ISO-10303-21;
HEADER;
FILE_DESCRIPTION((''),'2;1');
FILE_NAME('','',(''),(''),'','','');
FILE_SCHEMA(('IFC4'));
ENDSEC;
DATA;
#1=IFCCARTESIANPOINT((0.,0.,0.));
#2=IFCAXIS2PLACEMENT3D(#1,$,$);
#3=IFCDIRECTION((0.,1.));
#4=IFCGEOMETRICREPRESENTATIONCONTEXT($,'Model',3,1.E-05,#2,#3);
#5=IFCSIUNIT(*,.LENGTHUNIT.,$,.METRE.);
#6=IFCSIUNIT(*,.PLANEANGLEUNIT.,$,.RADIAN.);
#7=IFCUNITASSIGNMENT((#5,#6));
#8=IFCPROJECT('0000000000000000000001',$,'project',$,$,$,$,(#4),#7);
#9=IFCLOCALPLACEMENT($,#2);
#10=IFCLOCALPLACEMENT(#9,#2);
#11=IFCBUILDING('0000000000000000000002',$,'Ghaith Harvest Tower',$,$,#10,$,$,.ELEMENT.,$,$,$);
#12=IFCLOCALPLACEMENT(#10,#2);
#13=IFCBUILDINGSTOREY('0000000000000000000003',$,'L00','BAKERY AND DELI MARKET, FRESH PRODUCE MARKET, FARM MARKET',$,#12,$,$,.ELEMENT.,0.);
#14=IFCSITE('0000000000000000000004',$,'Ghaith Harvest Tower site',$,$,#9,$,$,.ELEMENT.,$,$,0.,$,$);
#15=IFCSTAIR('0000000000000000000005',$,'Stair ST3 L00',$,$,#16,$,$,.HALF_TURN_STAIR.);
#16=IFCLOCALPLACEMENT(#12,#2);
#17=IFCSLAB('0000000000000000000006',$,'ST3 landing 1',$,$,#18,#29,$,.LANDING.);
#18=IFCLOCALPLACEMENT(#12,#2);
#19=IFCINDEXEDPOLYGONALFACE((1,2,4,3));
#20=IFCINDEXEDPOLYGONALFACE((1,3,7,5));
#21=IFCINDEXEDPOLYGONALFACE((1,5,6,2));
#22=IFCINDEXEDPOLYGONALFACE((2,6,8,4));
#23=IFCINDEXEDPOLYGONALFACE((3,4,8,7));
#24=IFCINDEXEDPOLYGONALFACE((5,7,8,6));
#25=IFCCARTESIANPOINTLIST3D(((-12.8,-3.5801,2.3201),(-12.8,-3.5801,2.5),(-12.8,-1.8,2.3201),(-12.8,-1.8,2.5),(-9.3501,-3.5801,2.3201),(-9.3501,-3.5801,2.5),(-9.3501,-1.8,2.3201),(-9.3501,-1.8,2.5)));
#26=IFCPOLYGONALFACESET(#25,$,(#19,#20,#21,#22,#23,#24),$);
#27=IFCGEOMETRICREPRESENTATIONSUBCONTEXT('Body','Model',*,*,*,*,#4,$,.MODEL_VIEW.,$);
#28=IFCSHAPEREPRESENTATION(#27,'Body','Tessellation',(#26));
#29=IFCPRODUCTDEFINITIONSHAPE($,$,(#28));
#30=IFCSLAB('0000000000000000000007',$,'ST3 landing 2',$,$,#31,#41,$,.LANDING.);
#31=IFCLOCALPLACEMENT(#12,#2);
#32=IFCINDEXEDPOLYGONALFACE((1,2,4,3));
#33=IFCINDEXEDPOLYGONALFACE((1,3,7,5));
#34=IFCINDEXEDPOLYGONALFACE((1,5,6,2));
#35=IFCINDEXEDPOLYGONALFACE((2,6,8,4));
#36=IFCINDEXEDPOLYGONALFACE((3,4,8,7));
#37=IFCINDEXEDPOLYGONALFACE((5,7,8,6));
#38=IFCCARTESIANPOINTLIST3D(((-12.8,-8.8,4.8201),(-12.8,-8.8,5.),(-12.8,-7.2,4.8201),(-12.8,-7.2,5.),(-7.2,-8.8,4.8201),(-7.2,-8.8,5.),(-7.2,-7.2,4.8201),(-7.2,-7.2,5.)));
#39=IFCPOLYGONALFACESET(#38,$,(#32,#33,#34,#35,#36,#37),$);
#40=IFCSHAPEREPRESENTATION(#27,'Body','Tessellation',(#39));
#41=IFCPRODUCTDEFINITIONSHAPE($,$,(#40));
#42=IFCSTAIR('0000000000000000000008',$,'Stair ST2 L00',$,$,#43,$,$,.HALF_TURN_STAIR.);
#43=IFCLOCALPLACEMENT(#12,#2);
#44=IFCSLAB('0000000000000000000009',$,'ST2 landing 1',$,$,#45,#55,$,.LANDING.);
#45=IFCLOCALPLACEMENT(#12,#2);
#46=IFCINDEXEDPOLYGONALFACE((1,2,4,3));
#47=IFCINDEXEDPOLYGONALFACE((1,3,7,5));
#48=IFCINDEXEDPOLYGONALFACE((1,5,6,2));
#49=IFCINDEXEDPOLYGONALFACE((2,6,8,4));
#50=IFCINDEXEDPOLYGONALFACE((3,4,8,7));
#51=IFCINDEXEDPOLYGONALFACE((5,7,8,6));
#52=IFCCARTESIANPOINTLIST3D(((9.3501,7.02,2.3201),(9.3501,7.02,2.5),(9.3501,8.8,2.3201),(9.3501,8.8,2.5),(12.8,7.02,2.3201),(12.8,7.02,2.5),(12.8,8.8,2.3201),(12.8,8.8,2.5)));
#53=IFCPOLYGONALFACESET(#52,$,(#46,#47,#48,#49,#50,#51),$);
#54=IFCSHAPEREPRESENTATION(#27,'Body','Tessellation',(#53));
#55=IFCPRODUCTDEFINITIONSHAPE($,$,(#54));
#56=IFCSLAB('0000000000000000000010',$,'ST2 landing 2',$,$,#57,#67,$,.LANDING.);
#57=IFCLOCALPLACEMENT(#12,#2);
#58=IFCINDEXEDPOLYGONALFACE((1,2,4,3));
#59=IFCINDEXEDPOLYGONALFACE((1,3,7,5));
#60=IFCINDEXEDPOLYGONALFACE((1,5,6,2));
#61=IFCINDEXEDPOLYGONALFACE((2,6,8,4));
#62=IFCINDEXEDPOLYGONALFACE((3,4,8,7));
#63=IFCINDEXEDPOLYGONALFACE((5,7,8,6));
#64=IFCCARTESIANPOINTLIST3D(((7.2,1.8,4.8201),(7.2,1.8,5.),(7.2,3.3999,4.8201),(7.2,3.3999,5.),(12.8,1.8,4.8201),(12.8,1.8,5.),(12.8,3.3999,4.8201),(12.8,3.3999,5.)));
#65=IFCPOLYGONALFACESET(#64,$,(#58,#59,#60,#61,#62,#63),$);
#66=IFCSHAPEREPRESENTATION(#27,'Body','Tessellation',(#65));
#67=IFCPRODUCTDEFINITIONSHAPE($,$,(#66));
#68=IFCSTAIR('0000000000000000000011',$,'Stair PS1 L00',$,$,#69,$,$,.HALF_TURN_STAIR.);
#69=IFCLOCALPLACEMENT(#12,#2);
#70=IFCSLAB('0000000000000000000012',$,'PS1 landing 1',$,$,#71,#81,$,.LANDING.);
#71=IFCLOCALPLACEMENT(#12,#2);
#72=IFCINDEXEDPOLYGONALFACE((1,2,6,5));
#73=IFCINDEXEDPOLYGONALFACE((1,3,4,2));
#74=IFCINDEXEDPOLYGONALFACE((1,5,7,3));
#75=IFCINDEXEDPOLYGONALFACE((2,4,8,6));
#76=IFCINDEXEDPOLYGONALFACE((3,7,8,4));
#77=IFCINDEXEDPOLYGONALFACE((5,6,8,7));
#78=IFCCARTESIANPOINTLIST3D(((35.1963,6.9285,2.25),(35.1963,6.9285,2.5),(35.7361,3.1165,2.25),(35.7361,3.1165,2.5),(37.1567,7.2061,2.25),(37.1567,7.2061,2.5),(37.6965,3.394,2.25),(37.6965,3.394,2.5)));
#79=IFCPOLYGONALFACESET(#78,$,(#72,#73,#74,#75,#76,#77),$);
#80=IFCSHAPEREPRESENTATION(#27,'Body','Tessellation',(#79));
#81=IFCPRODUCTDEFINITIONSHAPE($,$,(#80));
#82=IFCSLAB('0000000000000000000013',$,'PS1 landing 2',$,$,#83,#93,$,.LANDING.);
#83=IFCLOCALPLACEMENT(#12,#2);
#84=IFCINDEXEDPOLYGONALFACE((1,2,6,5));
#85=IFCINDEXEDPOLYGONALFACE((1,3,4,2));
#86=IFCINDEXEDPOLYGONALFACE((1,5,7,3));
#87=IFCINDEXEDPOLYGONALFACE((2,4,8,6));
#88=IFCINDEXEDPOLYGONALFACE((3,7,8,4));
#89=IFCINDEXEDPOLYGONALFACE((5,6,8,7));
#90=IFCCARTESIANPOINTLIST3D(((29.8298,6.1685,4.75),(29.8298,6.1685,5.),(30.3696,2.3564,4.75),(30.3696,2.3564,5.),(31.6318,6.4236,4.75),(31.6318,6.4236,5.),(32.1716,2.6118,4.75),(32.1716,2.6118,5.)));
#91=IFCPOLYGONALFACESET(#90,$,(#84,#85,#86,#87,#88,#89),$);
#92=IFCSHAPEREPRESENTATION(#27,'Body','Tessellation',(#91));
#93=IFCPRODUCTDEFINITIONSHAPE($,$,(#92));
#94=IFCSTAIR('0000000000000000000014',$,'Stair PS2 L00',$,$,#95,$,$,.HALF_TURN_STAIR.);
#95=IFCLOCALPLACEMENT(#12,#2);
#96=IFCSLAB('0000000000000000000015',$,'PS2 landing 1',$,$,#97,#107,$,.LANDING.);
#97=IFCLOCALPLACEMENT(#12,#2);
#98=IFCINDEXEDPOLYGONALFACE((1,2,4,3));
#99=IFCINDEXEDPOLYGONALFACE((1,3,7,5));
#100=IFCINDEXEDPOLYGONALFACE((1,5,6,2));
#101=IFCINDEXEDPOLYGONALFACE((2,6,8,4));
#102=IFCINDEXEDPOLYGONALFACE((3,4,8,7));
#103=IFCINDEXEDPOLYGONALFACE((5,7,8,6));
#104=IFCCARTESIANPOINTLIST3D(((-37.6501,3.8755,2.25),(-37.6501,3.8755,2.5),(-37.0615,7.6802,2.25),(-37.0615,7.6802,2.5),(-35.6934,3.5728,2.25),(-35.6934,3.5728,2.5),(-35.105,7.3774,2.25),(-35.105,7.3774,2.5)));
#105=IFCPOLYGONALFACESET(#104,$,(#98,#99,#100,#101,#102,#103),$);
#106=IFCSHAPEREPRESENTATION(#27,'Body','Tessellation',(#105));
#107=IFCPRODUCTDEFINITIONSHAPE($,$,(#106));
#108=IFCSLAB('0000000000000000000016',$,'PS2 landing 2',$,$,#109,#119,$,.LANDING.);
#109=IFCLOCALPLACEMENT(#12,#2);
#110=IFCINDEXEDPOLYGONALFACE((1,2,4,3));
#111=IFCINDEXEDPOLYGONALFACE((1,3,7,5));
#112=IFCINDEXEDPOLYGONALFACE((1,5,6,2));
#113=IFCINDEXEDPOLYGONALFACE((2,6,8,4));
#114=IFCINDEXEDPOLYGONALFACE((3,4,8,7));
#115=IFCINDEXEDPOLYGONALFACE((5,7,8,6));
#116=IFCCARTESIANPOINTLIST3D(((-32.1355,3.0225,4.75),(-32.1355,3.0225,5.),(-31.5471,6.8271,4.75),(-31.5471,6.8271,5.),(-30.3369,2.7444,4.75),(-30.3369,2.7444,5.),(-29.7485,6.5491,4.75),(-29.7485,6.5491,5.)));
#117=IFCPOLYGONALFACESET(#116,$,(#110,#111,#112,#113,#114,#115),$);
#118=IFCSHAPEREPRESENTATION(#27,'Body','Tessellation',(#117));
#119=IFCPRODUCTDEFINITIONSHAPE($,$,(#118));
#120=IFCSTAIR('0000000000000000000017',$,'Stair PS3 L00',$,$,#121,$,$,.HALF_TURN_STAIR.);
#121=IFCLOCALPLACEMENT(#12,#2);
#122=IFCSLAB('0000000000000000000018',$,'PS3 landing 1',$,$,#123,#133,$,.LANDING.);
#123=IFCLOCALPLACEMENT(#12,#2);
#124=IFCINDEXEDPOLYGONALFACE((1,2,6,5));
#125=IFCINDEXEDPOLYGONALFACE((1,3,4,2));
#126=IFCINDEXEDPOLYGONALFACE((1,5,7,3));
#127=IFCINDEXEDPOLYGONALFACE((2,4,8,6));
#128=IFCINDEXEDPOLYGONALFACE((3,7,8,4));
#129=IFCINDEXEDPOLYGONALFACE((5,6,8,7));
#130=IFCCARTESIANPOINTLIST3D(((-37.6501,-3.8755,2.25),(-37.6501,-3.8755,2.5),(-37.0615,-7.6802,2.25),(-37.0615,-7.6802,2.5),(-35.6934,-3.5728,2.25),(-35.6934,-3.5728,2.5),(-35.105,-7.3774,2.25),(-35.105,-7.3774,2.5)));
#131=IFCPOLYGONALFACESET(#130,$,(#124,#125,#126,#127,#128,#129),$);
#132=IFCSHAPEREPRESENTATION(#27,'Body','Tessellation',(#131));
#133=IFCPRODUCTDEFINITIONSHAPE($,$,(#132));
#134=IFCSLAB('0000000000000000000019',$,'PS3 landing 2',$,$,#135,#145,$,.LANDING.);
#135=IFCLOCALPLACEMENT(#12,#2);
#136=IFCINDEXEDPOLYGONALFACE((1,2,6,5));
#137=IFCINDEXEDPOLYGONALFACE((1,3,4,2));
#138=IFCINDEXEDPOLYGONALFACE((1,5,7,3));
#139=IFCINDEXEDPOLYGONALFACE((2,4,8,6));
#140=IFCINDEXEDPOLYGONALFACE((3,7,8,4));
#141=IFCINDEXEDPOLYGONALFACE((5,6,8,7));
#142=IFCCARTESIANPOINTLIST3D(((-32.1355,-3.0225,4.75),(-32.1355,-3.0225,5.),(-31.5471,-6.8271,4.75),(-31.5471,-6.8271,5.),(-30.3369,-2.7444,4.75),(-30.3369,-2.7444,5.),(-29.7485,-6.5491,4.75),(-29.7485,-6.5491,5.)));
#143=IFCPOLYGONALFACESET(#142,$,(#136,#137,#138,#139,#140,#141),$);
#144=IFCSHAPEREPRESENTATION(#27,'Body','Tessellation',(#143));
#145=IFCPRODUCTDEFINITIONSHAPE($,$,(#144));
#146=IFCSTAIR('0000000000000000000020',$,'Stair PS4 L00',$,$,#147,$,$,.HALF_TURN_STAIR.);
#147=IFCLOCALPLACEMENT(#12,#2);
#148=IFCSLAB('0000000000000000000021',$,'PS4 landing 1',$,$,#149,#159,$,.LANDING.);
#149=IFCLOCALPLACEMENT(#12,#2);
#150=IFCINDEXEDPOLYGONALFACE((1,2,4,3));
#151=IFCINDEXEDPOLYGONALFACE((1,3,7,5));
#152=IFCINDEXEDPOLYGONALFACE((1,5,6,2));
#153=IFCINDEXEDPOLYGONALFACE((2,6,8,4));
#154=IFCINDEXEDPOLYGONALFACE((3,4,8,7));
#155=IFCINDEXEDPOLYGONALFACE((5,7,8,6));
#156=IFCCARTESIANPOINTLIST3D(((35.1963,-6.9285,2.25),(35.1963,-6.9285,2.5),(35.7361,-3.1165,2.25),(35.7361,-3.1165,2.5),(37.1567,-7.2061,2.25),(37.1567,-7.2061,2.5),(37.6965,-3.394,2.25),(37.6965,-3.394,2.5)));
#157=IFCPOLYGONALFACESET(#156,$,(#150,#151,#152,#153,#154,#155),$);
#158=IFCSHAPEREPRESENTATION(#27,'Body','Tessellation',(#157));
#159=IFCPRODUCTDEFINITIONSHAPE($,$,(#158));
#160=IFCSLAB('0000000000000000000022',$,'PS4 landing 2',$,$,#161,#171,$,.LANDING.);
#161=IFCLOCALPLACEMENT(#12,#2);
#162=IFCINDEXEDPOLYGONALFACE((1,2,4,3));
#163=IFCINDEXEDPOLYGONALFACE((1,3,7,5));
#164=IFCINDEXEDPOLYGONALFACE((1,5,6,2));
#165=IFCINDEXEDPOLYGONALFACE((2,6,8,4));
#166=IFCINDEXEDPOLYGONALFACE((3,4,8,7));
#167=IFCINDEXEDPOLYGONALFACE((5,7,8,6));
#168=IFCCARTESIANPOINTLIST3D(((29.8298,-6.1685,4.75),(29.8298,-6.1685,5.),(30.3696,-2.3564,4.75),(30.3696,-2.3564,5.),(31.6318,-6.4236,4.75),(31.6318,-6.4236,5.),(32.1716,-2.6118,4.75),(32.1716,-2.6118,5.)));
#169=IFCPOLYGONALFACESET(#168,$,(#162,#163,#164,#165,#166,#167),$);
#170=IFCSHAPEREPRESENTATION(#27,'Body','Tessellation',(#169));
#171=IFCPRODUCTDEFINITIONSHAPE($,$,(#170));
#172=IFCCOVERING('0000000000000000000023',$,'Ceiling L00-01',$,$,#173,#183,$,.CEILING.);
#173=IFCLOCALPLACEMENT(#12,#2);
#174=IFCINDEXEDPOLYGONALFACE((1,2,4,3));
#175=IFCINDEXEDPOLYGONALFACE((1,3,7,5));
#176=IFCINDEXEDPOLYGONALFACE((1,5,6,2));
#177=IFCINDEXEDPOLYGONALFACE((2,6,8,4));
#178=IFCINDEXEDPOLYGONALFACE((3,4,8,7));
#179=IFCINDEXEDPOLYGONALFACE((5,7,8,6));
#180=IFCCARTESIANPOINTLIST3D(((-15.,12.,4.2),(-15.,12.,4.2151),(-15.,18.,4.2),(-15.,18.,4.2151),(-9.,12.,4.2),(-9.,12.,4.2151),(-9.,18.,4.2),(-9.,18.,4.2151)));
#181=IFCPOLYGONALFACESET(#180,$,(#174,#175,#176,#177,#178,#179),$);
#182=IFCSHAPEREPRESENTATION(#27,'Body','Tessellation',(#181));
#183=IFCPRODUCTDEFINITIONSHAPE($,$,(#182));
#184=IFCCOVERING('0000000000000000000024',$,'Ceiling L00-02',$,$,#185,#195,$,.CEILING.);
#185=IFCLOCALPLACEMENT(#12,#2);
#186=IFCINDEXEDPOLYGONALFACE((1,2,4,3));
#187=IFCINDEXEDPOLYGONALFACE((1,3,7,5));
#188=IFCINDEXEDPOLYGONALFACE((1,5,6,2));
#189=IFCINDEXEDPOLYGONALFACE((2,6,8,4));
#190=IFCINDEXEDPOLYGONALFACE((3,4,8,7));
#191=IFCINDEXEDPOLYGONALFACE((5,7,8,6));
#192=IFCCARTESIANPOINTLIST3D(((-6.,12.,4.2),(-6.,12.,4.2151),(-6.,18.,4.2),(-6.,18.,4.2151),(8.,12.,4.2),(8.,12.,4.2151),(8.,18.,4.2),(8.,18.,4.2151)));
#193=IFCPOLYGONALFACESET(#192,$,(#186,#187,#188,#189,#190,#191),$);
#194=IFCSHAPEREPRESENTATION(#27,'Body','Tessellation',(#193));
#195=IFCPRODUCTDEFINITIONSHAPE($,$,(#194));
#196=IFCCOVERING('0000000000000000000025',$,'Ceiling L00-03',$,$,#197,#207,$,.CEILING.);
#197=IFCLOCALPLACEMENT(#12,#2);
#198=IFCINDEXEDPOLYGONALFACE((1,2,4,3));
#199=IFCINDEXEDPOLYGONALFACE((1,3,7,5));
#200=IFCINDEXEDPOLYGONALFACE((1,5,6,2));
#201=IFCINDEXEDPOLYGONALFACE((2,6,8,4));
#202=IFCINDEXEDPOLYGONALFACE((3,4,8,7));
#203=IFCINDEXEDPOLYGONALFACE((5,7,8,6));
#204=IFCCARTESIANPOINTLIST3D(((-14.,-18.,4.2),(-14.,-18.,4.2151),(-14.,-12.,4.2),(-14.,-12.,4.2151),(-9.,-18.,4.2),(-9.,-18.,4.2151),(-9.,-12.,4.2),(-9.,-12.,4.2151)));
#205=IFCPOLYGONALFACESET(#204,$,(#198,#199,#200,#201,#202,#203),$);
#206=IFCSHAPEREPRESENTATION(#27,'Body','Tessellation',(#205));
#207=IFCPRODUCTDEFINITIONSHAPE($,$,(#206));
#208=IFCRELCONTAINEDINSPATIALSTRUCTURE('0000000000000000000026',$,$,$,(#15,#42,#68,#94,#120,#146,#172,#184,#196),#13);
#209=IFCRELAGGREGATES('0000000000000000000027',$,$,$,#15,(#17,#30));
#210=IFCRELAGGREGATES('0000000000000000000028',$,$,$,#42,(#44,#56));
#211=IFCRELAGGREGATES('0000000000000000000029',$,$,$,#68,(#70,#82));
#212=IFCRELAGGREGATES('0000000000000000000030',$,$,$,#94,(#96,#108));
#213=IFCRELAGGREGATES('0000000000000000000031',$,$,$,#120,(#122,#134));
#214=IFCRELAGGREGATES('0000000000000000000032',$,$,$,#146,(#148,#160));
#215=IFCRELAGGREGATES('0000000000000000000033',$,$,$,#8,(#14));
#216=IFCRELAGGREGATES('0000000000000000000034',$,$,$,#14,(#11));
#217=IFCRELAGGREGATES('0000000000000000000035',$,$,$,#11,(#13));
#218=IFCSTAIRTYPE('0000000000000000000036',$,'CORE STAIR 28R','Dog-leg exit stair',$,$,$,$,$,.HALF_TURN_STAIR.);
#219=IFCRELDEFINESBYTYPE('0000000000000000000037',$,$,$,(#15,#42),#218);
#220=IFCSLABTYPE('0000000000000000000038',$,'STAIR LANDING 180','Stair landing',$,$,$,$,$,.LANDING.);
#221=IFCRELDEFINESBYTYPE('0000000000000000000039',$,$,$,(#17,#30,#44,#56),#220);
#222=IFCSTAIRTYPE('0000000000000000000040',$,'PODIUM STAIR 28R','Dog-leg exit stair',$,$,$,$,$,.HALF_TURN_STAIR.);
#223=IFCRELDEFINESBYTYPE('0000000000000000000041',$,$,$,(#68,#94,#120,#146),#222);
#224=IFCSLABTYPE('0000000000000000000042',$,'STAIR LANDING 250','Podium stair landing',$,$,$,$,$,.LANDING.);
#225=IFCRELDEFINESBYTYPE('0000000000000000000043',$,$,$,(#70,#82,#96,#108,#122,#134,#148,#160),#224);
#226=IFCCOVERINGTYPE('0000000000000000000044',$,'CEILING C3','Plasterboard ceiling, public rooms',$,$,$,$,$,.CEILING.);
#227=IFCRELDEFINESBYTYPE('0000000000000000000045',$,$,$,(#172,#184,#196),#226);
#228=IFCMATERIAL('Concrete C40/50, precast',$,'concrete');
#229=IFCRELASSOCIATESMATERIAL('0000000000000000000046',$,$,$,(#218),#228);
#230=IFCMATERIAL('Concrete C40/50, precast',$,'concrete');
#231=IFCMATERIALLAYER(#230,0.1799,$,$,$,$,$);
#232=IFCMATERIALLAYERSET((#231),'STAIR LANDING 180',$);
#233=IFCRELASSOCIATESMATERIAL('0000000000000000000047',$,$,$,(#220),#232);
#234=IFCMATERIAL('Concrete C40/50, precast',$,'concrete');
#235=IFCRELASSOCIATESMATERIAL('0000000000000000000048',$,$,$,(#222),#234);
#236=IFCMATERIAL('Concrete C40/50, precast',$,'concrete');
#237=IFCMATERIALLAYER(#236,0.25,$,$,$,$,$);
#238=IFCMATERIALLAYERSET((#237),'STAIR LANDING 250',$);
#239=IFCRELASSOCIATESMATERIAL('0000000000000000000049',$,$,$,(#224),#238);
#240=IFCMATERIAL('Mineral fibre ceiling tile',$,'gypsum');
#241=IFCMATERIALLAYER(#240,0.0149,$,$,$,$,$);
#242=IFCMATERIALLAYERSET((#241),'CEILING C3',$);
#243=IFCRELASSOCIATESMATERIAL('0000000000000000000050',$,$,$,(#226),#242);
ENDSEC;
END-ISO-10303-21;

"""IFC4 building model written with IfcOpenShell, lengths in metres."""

from ifc_helpers import new_model, si_unit, direction, frame, origin, place, context, subcontext, project, spatial, polyline, outline, extrude, material, layer, layer_set, type_object, element, aggregate, save


model = new_model("IFC4")

# Units and contexts
model_context = context("Model", 3, precision=1e-05, world=origin(), true_north=direction((0.0, 1.0)))
body_context = subcontext(model_context, "Body", "Model", "MODEL_VIEW")
ifc_project = project(units=[si_unit("LENGTHUNIT", "METRE"), si_unit("PLANEANGLEUNIT", "RADIAN")], contexts=[model_context])

# Site, building, storey
site_placement = place(None, origin())
site = spatial("IfcSite", under=ifc_project, at=site_placement, Name="Ghaith Harvest Tower site", CompositionType="ELEMENT", RefElevation=0.0)
building_placement = place(site_placement, origin())
building = spatial("IfcBuilding", under=site, at=building_placement, Name="Ghaith Harvest Tower", CompositionType="ELEMENT")
storey_placement = place(building_placement, origin())
storey = spatial("IfcBuildingStorey", under=building, at=storey_placement, Name="L00", Description="BAKERY AND DELI MARKET, FRESH PRODUCE MARKET, FARM MARKET", CompositionType="ELEMENT", Elevation=0.0)

# Stairs, slabs
ifc_material_1 = material(Name="Concrete C40/50, precast", Category="concrete")
stair_type_1 = type_object("IfcStairType", Name="CORE STAIR 28R", Description="Dog-leg exit stair", PredefinedType="HALF_TURN_STAIR", material=ifc_material_1)
ifc_material_2 = material(Name="Concrete C40/50, precast", Category="concrete")
ifc_layer_1 = layer(ifc_material_2, 0.1799)
ifc_layer_set_1 = layer_set([ifc_layer_1], Name="STAIR LANDING 180")
slab_type_1 = type_object("IfcSlabType", Name="STAIR LANDING 180", Description="Stair landing", PredefinedType="LANDING", material=ifc_layer_set_1)
stair_1_placement = place(storey_placement, origin())
stair_1 = element("IfcStair", 1, at=stair_1_placement, inside=storey, type_object=stair_type_1, Name="Stair ST3 L00", PredefinedType="HALF_TURN_STAIR")
slab_1_placement = place(storey_placement, frame((0.0, 0.0, 2.3201)))
slab_1 = element("IfcSlab", 2, at=slab_1_placement, type_object=slab_type_1, Name="ST3 landing 1", PredefinedType="LANDING", context=body_context, shape_type="SweptSolid", body=[
    extrude(outline(polyline([(-12.8, -3.5801), (-12.8, -1.8), (-9.3501, -1.8), (-9.3501, -3.5801), (-12.8, -3.5801)])), origin(), (0.0, 0.0, 1.0), 0.1799),
])
slab_2_placement = place(storey_placement, frame((0.0, 0.0, 4.8201)))
slab_2 = element("IfcSlab", 3, at=slab_2_placement, type_object=slab_type_1, Name="ST3 landing 2", PredefinedType="LANDING", context=body_context, shape_type="SweptSolid", body=[
    extrude(outline(polyline([(-12.8, -8.8), (-12.8, -7.2), (-7.2, -7.2), (-7.2, -8.8), (-12.8, -8.8)])), origin(), (0.0, 0.0, 1.0), 0.1799),
])
aggregate(stair_1, [slab_1, slab_2])
stair_2_placement = place(storey_placement, origin())
stair_2 = element("IfcStair", 4, at=stair_2_placement, inside=storey, type_object=stair_type_1, Name="Stair ST2 L00", PredefinedType="HALF_TURN_STAIR")
slab_3_placement = place(storey_placement, frame((0.0, 0.0, 2.3201)))
slab_3 = element("IfcSlab", 5, at=slab_3_placement, type_object=slab_type_1, Name="ST2 landing 1", PredefinedType="LANDING", context=body_context, shape_type="SweptSolid", body=[
    extrude(outline(polyline([(12.8, 7.02), (12.8, 8.8), (9.3501, 8.8), (9.3501, 7.02), (12.8, 7.02)])), origin(), (0.0, 0.0, 1.0), 0.1799),
])
slab_4_placement = place(storey_placement, frame((0.0, 0.0, 4.8201)))
slab_4 = element("IfcSlab", 6, at=slab_4_placement, type_object=slab_type_1, Name="ST2 landing 2", PredefinedType="LANDING", context=body_context, shape_type="SweptSolid", body=[
    extrude(outline(polyline([(12.8, 1.8), (12.8, 3.3999), (7.2, 3.3999), (7.2, 1.8), (12.8, 1.8)])), origin(), (0.0, 0.0, 1.0), 0.1799),
])
aggregate(stair_2, [slab_3, slab_4])
ifc_material_3 = material(Name="Concrete C40/50, precast", Category="concrete")
stair_type_2 = type_object("IfcStairType", Name="PODIUM STAIR 28R", Description="Dog-leg exit stair", PredefinedType="HALF_TURN_STAIR", material=ifc_material_3)
stair_3_placement = place(storey_placement, origin())
stair_3 = element("IfcStair", 7, at=stair_3_placement, inside=storey, type_object=stair_type_2, Name="Stair PS1 L00", PredefinedType="HALF_TURN_STAIR")
ifc_material_4 = material(Name="Concrete C40/50, precast", Category="concrete")
ifc_layer_2 = layer(ifc_material_4, 0.25)
ifc_layer_set_2 = layer_set([ifc_layer_2], Name="STAIR LANDING 250")
slab_type_2 = type_object("IfcSlabType", Name="STAIR LANDING 250", Description="Podium stair landing", PredefinedType="LANDING", material=ifc_layer_set_2)
slab_5_placement = place(storey_placement, frame((0.0, 0.0, 2.25)))
slab_5 = element("IfcSlab", 8, at=slab_5_placement, type_object=slab_type_2, Name="PS1 landing 1", PredefinedType="LANDING", context=body_context, shape_type="SweptSolid", body=[
    extrude(outline(polyline([(35.7361, 3.1165), (37.6965, 3.394), (37.1567, 7.2061), (35.1963, 6.9285), (35.7361, 3.1165)])), origin(), (0.0, 0.0, 1.0), 0.25),
])
slab_6_placement = place(storey_placement, frame((0.0, 0.0, 4.75)))
slab_6 = element("IfcSlab", 9, at=slab_6_placement, type_object=slab_type_2, Name="PS1 landing 2", PredefinedType="LANDING", context=body_context, shape_type="SweptSolid", body=[
    extrude(outline(polyline([(30.3696, 2.3564), (32.1716, 2.6118), (31.6318, 6.4236), (29.8298, 6.1685), (30.3696, 2.3564)])), origin(), (0.0, 0.0, 1.0), 0.25),
])
aggregate(stair_3, [slab_5, slab_6])
stair_4_placement = place(storey_placement, origin())
stair_4 = element("IfcStair", 10, at=stair_4_placement, inside=storey, type_object=stair_type_2, Name="Stair PS2 L00", PredefinedType="HALF_TURN_STAIR")
slab_7_placement = place(storey_placement, frame((0.0, 0.0, 2.25)))
slab_7 = element("IfcSlab", 11, at=slab_7_placement, type_object=slab_type_2, Name="PS2 landing 1", PredefinedType="LANDING", context=body_context, shape_type="SweptSolid", body=[
    extrude(outline(polyline([(-35.105, 7.3774), (-37.0615, 7.6802), (-37.6501, 3.8755), (-35.6934, 3.5728), (-35.105, 7.3774)])), origin(), (0.0, 0.0, 1.0), 0.25),
])
slab_8_placement = place(storey_placement, frame((0.0, 0.0, 4.75)))
slab_8 = element("IfcSlab", 12, at=slab_8_placement, type_object=slab_type_2, Name="PS2 landing 2", PredefinedType="LANDING", context=body_context, shape_type="SweptSolid", body=[
    extrude(outline(polyline([(-29.7485, 6.5491), (-31.5471, 6.8271), (-32.1355, 3.0225), (-30.3369, 2.7444), (-29.7485, 6.5491)])), origin(), (0.0, 0.0, 1.0), 0.25),
])
aggregate(stair_4, [slab_7, slab_8])
stair_5_placement = place(storey_placement, origin())
stair_5 = element("IfcStair", 13, at=stair_5_placement, inside=storey, type_object=stair_type_2, Name="Stair PS3 L00", PredefinedType="HALF_TURN_STAIR")
slab_9_placement = place(storey_placement, frame((0.0, 0.0, 2.25)))
slab_9 = element("IfcSlab", 14, at=slab_9_placement, type_object=slab_type_2, Name="PS3 landing 1", PredefinedType="LANDING", context=body_context, shape_type="SweptSolid", body=[
    extrude(outline(polyline([(-35.6934, -3.5728), (-37.6501, -3.8755), (-37.0615, -7.6802), (-35.105, -7.3774), (-35.6934, -3.5728)])), origin(), (0.0, 0.0, 1.0), 0.25),
])
slab_10_placement = place(storey_placement, frame((0.0, 0.0, 4.75)))
slab_10 = element("IfcSlab", 15, at=slab_10_placement, type_object=slab_type_2, Name="PS3 landing 2", PredefinedType="LANDING", context=body_context, shape_type="SweptSolid", body=[
    extrude(outline(polyline([(-30.3369, -2.7444), (-32.1355, -3.0225), (-31.5471, -6.8271), (-29.7485, -6.5491), (-30.3369, -2.7444)])), origin(), (0.0, 0.0, 1.0), 0.25),
])
aggregate(stair_5, [slab_9, slab_10])
stair_6_placement = place(storey_placement, origin())
stair_6 = element("IfcStair", 16, at=stair_6_placement, inside=storey, type_object=stair_type_2, Name="Stair PS4 L00", PredefinedType="HALF_TURN_STAIR")
slab_11_placement = place(storey_placement, frame((0.0, 0.0, 2.25)))
slab_11 = element("IfcSlab", 17, at=slab_11_placement, type_object=slab_type_2, Name="PS4 landing 1", PredefinedType="LANDING", context=body_context, shape_type="SweptSolid", body=[
    extrude(outline(polyline([(35.1963, -6.9285), (37.1567, -7.2061), (37.6965, -3.394), (35.7361, -3.1165), (35.1963, -6.9285)])), origin(), (0.0, 0.0, 1.0), 0.25),
])
slab_12_placement = place(storey_placement, frame((0.0, 0.0, 4.75)))
slab_12 = element("IfcSlab", 18, at=slab_12_placement, type_object=slab_type_2, Name="PS4 landing 2", PredefinedType="LANDING", context=body_context, shape_type="SweptSolid", body=[
    extrude(outline(polyline([(29.8298, -6.1685), (31.6318, -6.4236), (32.1716, -2.6118), (30.3696, -2.3564), (29.8298, -6.1685)])), origin(), (0.0, 0.0, 1.0), 0.25),
])
aggregate(stair_6, [slab_11, slab_12])

# Coverings
ifc_material_5 = material(Name="Mineral fibre ceiling tile", Category="gypsum")
ifc_layer_3 = layer(ifc_material_5, 0.0149)
ifc_layer_set_3 = layer_set([ifc_layer_3], Name="CEILING C3")
covering_type = type_object("IfcCoveringType", Name="CEILING C3", Description="Plasterboard ceiling, public rooms", PredefinedType="CEILING", material=ifc_layer_set_3)
covering_1_placement = place(storey_placement, frame((0.0, 0.0, 4.2)))
element("IfcCovering", 19, at=covering_1_placement, inside=storey, type_object=covering_type, Name="Ceiling L00-01", PredefinedType="CEILING", context=body_context, shape_type="SweptSolid", body=[
    extrude(outline(polyline([(-15.0, 12.0), (-9.0, 12.0), (-9.0, 18.0), (-15.0, 18.0), (-15.0, 12.0)])), origin(), (0.0, 0.0, 1.0), 0.0151),
])
covering_2_placement = place(storey_placement, frame((0.0, 0.0, 4.2)))
element("IfcCovering", 20, at=covering_2_placement, inside=storey, type_object=covering_type, Name="Ceiling L00-02", PredefinedType="CEILING", context=body_context, shape_type="SweptSolid", body=[
    extrude(outline(polyline([(-6.0, 12.0), (8.0, 12.0), (8.0, 18.0), (-6.0, 18.0), (-6.0, 12.0)])), origin(), (0.0, 0.0, 1.0), 0.0151),
])
covering_3_placement = place(storey_placement, frame((0.0, 0.0, 4.2)))
element("IfcCovering", 21, at=covering_3_placement, inside=storey, type_object=covering_type, Name="Ceiling L00-03", PredefinedType="CEILING", context=body_context, shape_type="SweptSolid", body=[
    extrude(outline(polyline([(-14.0, -18.0), (-9.0, -18.0), (-9.0, -12.0), (-14.0, -12.0), (-14.0, -18.0)])), origin(), (0.0, 0.0, 1.0), 0.0151),
])

save(model, "model.ifc")
